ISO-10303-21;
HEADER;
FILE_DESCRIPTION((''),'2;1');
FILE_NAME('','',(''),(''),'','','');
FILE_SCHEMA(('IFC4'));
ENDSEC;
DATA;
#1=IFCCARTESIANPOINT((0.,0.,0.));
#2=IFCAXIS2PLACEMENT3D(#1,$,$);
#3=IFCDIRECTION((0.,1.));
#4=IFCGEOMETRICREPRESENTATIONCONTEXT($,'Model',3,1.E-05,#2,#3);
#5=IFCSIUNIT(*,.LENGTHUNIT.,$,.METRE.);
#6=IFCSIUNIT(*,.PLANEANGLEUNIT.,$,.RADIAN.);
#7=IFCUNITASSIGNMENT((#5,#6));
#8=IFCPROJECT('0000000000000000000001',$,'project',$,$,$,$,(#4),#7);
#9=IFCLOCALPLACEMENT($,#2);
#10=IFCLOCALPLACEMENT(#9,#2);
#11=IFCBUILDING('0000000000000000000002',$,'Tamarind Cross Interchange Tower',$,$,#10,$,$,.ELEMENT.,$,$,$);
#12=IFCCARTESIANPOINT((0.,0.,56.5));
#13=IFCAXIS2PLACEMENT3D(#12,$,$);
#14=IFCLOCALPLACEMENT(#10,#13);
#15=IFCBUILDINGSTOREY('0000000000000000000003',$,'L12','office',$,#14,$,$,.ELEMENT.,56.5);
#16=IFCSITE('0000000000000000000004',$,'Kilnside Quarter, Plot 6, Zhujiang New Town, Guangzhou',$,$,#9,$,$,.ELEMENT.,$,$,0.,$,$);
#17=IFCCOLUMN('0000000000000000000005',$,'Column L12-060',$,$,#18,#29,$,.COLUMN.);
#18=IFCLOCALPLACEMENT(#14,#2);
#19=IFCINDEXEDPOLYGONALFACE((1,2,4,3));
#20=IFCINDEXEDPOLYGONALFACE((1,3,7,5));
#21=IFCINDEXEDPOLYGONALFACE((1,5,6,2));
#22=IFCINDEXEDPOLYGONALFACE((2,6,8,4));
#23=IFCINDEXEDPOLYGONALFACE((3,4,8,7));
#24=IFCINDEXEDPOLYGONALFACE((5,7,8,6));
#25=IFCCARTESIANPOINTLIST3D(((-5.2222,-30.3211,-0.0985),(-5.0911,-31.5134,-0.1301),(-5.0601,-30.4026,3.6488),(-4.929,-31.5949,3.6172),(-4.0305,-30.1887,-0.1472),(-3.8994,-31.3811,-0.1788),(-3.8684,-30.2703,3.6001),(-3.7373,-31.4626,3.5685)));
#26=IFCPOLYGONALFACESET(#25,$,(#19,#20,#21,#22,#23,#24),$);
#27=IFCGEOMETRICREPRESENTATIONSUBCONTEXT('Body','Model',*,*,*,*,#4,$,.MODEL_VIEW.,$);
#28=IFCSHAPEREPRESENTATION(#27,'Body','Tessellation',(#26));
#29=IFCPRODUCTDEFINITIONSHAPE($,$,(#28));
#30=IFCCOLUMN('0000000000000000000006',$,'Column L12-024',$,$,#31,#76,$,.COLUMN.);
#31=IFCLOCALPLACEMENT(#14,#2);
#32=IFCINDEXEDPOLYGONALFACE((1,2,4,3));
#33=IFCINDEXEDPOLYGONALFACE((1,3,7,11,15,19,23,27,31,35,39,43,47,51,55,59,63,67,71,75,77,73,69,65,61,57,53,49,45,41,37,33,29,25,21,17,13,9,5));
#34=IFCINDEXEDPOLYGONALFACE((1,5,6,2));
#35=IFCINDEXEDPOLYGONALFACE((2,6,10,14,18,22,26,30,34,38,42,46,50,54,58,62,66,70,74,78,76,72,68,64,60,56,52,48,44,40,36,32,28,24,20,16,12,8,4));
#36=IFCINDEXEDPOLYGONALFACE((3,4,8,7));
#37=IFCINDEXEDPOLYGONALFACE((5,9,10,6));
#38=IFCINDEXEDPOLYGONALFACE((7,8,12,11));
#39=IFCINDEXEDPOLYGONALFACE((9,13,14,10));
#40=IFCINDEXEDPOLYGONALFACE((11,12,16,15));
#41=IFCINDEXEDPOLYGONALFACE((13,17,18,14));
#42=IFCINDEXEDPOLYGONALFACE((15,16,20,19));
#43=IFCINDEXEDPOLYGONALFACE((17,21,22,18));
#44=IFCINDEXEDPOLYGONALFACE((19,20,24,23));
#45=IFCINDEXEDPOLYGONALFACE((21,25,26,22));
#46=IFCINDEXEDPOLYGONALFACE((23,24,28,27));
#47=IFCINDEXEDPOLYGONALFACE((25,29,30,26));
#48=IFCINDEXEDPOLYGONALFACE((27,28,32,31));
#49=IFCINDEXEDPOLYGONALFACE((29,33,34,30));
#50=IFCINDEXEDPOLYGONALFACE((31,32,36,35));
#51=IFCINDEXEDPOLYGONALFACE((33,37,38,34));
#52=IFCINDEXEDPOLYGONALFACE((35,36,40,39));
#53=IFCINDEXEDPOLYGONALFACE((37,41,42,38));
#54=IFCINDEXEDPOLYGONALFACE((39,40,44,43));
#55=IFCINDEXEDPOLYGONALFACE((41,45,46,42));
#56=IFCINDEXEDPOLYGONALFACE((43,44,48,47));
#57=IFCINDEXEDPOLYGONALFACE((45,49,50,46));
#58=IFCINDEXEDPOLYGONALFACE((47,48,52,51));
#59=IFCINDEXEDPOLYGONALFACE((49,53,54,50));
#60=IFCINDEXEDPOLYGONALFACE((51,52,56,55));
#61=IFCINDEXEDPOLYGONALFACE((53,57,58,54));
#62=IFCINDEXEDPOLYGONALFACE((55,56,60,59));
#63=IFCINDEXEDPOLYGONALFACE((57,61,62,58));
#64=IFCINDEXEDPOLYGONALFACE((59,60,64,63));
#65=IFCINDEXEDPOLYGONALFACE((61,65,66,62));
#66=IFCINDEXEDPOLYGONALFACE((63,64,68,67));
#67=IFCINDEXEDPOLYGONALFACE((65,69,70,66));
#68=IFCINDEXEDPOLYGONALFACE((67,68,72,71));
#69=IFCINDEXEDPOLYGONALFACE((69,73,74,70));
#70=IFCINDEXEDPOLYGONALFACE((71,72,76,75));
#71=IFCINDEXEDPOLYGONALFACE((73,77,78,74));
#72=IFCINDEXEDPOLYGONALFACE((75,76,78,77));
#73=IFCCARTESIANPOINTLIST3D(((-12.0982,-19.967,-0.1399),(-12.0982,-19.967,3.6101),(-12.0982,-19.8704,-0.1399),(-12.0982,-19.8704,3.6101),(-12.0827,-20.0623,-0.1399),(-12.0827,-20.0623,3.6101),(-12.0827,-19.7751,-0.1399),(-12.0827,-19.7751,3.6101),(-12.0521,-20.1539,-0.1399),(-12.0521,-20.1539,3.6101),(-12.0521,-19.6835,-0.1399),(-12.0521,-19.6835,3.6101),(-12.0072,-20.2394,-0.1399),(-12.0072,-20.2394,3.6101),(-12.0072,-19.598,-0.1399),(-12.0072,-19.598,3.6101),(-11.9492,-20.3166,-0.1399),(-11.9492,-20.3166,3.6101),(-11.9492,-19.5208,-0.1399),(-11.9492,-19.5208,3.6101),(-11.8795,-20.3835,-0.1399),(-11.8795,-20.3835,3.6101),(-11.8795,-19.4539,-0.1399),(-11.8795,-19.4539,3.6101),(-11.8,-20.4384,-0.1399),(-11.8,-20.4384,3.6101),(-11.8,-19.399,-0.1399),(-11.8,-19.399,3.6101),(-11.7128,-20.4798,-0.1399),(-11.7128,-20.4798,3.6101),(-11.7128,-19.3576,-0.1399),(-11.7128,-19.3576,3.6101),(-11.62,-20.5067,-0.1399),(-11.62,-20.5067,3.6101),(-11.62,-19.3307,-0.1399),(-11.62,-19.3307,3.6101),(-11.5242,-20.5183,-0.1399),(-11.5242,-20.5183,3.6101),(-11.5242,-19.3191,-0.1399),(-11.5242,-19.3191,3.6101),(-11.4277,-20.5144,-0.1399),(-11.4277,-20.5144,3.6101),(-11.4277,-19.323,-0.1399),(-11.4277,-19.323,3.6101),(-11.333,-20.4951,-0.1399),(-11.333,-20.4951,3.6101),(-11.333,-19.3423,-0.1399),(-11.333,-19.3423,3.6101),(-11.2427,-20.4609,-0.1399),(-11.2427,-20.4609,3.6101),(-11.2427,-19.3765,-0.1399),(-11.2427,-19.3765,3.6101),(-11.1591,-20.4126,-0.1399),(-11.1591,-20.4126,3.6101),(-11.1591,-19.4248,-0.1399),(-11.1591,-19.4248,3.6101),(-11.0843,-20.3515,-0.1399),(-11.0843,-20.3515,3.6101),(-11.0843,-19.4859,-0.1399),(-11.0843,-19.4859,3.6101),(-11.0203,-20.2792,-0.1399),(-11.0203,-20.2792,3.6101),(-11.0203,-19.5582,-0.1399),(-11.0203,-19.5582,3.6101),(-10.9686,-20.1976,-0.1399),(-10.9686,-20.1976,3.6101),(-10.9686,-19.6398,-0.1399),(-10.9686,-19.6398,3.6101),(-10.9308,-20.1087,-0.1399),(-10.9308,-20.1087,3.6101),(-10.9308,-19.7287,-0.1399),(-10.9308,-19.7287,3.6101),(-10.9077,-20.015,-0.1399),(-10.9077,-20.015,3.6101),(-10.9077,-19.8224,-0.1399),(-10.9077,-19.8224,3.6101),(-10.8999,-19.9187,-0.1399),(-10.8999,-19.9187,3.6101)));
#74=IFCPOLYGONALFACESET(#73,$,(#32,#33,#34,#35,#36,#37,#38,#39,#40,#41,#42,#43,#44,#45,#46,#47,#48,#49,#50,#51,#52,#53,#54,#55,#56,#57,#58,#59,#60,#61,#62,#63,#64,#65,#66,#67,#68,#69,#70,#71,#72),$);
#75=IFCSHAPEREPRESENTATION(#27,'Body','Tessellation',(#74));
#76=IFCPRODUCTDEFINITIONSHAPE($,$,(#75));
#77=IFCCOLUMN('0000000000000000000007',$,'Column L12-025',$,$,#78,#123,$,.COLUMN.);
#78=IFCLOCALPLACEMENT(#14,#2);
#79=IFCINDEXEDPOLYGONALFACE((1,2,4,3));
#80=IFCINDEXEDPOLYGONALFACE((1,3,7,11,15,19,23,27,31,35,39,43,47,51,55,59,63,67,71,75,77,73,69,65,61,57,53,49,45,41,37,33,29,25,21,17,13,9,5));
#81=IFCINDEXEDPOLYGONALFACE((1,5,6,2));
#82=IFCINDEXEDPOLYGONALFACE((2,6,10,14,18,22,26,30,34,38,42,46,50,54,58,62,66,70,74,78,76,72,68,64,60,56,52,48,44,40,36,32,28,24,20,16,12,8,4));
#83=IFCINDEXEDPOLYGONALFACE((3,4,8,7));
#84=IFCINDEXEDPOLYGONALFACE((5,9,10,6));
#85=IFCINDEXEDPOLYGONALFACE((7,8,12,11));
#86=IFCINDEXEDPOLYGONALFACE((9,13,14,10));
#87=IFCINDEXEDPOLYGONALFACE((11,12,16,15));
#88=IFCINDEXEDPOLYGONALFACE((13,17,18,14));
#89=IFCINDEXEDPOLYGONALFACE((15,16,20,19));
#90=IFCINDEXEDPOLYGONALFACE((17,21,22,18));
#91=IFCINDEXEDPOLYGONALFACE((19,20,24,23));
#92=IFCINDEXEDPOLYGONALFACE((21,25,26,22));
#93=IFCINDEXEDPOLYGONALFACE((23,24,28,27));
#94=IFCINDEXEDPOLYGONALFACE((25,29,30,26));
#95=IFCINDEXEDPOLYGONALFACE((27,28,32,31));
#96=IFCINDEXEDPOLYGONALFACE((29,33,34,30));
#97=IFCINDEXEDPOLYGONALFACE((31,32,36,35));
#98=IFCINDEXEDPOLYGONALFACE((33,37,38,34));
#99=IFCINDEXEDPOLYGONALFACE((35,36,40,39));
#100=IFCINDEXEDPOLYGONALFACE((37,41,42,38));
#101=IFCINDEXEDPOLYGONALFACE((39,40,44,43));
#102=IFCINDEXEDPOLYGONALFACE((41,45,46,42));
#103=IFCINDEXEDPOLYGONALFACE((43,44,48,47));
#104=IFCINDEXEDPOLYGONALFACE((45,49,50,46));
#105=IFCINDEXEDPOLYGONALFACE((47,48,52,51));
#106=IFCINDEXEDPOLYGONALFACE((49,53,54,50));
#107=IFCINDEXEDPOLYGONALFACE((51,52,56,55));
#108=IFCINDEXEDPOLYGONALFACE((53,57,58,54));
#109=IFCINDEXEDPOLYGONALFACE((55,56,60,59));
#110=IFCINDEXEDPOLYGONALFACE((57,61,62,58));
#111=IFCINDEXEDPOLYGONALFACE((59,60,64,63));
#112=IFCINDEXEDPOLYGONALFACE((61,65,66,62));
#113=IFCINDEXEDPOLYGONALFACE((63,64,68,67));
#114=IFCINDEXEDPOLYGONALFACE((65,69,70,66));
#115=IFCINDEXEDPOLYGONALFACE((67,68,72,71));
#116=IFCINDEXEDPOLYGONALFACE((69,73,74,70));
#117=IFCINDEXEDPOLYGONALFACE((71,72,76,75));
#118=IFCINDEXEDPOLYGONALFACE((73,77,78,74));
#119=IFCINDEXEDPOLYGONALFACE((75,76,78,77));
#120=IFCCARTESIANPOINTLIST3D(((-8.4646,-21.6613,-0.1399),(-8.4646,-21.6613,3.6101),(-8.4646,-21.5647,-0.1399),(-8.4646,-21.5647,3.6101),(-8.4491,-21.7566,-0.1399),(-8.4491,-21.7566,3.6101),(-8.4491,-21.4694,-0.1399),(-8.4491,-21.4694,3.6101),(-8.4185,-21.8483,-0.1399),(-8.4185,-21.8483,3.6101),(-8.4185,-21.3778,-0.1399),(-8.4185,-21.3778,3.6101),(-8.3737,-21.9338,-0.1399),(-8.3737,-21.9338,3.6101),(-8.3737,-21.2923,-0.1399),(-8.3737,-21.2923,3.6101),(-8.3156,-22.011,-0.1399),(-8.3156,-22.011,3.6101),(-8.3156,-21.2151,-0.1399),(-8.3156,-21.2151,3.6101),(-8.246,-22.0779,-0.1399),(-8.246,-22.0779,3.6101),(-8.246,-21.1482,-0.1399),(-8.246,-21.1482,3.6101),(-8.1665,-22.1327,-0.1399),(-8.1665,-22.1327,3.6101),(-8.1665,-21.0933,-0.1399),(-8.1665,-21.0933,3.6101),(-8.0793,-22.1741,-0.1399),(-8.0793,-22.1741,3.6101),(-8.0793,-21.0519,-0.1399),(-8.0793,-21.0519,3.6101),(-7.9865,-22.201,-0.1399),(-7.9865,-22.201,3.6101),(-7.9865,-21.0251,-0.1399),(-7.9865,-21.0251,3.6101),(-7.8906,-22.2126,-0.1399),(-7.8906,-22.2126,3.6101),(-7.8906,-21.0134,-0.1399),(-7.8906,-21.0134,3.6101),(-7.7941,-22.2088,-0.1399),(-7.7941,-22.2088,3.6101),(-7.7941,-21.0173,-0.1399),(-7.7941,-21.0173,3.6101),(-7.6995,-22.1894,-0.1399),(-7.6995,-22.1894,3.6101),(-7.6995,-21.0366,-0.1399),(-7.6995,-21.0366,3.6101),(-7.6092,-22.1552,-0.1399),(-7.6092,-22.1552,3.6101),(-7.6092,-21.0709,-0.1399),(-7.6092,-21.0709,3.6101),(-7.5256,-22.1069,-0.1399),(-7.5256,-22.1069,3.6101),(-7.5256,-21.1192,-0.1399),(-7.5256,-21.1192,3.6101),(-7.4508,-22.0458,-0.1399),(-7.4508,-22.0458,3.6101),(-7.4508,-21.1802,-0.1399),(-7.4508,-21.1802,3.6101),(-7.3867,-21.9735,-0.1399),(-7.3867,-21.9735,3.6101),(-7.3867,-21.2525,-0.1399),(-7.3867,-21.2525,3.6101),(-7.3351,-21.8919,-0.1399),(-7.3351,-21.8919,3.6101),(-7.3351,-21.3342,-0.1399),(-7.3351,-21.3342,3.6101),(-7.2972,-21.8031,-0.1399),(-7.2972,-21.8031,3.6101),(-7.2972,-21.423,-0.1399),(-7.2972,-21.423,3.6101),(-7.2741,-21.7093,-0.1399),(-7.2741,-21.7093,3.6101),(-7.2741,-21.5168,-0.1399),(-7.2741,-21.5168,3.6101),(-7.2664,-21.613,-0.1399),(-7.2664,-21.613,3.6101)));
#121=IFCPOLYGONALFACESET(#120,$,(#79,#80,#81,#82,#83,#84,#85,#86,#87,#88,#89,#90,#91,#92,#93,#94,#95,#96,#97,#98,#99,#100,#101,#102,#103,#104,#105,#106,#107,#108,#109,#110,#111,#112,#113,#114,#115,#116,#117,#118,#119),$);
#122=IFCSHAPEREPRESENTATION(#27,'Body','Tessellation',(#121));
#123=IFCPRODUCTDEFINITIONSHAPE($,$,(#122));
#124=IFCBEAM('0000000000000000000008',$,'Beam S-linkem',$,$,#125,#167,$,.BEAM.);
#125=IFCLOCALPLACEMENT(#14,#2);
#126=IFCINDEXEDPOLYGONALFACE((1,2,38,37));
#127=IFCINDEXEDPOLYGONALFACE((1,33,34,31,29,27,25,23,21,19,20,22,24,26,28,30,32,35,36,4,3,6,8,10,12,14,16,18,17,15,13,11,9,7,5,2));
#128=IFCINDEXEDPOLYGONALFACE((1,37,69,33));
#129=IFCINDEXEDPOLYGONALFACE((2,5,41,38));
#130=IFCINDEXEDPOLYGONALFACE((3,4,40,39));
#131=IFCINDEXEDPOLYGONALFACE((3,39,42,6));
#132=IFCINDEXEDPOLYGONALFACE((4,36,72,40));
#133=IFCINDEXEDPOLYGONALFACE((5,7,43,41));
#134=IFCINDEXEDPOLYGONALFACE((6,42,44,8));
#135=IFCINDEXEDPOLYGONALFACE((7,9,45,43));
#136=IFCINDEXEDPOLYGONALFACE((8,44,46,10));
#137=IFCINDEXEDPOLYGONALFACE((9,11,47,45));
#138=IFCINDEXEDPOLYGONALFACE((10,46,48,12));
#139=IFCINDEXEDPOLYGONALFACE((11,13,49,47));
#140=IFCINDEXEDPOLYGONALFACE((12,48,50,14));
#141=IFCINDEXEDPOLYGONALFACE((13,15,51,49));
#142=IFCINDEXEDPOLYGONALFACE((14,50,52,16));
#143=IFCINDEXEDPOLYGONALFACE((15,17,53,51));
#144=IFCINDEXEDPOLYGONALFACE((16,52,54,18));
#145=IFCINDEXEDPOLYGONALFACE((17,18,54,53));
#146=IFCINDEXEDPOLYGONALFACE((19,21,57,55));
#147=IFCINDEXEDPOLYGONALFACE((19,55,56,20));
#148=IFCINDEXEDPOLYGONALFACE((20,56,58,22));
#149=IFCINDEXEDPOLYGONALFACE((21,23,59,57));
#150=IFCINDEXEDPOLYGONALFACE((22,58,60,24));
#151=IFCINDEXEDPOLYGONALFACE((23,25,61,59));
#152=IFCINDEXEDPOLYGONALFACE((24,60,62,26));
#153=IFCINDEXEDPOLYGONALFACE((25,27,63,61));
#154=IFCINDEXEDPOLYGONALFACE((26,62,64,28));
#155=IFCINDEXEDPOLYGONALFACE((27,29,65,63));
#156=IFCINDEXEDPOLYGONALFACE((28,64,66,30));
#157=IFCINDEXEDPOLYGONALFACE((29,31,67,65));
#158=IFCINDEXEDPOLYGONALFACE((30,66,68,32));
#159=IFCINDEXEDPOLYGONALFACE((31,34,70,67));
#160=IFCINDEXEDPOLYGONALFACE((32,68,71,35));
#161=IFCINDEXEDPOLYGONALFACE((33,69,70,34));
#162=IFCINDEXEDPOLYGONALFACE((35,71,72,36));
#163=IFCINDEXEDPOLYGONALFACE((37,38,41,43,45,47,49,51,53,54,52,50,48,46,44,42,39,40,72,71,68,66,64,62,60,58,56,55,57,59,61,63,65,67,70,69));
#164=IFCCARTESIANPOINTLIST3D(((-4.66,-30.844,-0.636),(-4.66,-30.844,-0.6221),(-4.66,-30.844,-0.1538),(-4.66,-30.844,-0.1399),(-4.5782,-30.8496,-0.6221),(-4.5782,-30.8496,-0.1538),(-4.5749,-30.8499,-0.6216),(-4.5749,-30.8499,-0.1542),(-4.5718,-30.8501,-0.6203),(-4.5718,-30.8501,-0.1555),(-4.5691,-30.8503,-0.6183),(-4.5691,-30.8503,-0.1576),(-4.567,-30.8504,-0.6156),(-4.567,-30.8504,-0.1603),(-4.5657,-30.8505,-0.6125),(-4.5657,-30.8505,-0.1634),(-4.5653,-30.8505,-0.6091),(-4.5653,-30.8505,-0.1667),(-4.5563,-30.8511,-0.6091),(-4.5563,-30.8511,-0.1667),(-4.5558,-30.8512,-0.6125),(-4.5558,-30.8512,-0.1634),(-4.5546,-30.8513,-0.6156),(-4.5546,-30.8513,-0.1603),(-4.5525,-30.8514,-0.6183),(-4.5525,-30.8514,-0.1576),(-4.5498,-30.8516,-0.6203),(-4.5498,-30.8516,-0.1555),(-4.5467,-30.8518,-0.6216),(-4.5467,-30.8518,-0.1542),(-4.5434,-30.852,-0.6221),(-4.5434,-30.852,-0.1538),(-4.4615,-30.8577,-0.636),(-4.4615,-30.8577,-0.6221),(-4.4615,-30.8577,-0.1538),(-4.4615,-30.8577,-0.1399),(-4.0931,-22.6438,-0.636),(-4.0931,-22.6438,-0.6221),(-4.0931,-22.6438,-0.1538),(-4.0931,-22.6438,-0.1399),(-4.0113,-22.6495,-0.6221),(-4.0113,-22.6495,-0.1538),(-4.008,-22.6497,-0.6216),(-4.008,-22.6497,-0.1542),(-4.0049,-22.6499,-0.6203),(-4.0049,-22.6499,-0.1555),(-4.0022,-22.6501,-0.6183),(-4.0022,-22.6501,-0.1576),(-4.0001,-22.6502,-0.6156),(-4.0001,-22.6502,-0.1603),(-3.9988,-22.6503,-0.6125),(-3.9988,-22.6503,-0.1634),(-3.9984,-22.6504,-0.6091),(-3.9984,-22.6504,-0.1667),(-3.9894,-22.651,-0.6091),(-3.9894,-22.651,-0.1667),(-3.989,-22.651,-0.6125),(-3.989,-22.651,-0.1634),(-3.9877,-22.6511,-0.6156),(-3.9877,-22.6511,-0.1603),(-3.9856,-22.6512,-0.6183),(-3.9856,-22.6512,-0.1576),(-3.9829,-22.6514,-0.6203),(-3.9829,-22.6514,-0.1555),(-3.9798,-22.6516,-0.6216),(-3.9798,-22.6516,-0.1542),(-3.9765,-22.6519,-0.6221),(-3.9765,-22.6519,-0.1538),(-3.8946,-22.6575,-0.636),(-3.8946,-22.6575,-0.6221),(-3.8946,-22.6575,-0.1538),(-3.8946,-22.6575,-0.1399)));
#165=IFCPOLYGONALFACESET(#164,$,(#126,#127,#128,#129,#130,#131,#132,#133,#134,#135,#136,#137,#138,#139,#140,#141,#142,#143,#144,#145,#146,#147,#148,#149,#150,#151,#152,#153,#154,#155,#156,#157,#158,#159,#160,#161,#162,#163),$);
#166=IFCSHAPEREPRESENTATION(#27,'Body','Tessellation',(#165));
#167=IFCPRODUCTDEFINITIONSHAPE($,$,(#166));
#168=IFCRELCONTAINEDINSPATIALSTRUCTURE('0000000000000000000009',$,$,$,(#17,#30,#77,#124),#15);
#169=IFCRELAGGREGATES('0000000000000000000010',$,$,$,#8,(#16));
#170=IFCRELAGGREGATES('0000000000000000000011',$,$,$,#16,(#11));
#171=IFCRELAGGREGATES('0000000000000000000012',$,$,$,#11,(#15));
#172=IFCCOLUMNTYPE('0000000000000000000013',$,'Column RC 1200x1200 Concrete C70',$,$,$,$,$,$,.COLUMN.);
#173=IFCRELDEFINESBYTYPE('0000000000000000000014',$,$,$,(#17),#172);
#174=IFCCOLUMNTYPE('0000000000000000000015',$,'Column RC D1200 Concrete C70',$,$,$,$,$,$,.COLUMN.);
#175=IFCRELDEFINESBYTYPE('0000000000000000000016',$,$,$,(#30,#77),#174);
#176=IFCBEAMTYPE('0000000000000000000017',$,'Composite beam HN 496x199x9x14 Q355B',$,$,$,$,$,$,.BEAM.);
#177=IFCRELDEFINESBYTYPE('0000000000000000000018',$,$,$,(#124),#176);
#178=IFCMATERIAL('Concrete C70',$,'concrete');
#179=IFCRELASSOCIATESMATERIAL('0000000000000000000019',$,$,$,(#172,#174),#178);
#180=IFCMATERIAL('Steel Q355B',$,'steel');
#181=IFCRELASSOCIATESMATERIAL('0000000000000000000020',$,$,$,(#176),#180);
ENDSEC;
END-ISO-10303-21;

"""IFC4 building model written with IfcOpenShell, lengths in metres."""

from ifc_helpers import new_model, si_unit, direction, frame, origin, origin_2d, place, context, subcontext, project, spatial, rectangle, circle, i_section, extrude, material, material_profile, profile_set, type_object, element, save


model = new_model("IFC4")

# Units and contexts
model_context = context("Model", 3, precision=1e-05, world=origin(), true_north=direction((0.0, 1.0)))
body_context = subcontext(model_context, "Body", "Model", "MODEL_VIEW")
ifc_project = project(units=[si_unit("LENGTHUNIT", "METRE"), si_unit("PLANEANGLEUNIT", "RADIAN")], contexts=[model_context])

# Site, building, storey
site_placement = place(None, origin())
site = spatial("IfcSite", under=ifc_project, at=site_placement, Name="Kilnside Quarter, Plot 6, Zhujiang New Town, Guangzhou", CompositionType="ELEMENT", RefElevation=0.0)
building_placement = place(site_placement, origin())
building = spatial("IfcBuilding", under=site, at=building_placement, Name="Tamarind Cross Interchange Tower", CompositionType="ELEMENT")
storey_placement = place(building_placement, frame((0.0, 0.0, 56.5)))
storey = spatial("IfcBuildingStorey", under=building, at=storey_placement, Name="L12", Description="office", CompositionType="ELEMENT", Elevation=56.5)

# Columns
ifc_material_1 = material(Name="Concrete C70", Category="concrete")
ifc_material_profile_1 = material_profile(ifc_material_1, rectangle(XDim=1.2, YDim=1.2, at=origin_2d()), Name="RC 1200x1200")
ifc_profile_set_1 = profile_set([ifc_material_profile_1], Name="Concrete C70")
column_type_1 = type_object("IfcColumnType", Name="Column RC 1200x1200 Concrete C70", PredefinedType="COLUMN", material=ifc_profile_set_1)
column_placement = place(storey_placement, frame((-4.5608, -30.8511, -0.1387), z_axis=(0.04321, -0.021735, 0.99883), x_axis=(-0.109254, 0.993665, 0.026349)))
element("IfcColumn", 1, at=column_placement, inside=storey, type_object=column_type_1, Name="Column L12-060", PredefinedType="COLUMN", context=body_context, shape_type="SweptSolid", body=[
    extrude(rectangle(XDim=1.2, YDim=1.2, at=origin_2d()), origin(), (0.0, 0.0, 1.0), 3.7517),
])
ifc_material_profile_2 = material_profile(ifc_material_1, circle(Radius=0.6001, at=origin_2d()), Name="RC D1200")
ifc_profile_set_2 = profile_set([ifc_material_profile_2], Name="Concrete C70")
column_type_2 = type_object("IfcColumnType", Name="Column RC D1200 Concrete C70", PredefinedType="COLUMN", material=ifc_profile_set_2)
for number, where, z_axis, x_axis, name in (
    (2, (-11.5, -19.9187, -0.1399), (0.0, 0.0, 1.0), (1.0, 0.0, 0.0), "Column L12-024"),
    (3, (-7.8665, -21.613, -0.1399), (0.0, 0.0, 1.0), (1.0, 0.0, 0.0), "Column L12-025"),
):
    element("IfcColumn", number, at=place(storey_placement, frame(where, z_axis=z_axis, x_axis=x_axis)), inside=storey, type_object=column_type_2, Name=name, PredefinedType="COLUMN", context=body_context, shape_type="SweptSolid", body=[
        extrude(circle(Radius=0.6001, at=origin_2d()), origin(), (0.0, 0.0, 1.0), 3.75),
    ])

# Beam
ifc_material_2 = material(Name="Steel Q355B", Category="steel")
ifc_material_profile_3 = material_profile(ifc_material_2, i_section(OverallWidth=0.199, OverallDepth=0.4961, WebThickness=0.009, FlangeThickness=0.0139, FilletRadius=0.0129, at=origin_2d()), Name="HN 496x199x9x14")
ifc_profile_set_3 = profile_set([ifc_material_profile_3], Name="Steel Q355B")
beam_type_1 = type_object("IfcBeamType", Name="Composite beam HN 496x199x9x14 Q355B", PredefinedType="BEAM", material=ifc_profile_set_3)
beam_1_placement = place(storey_placement, frame((-4.5608, -30.8508, -0.3879), z_axis=(0.068967, 0.997619, 0.0), x_axis=(-0.997619, 0.068967, 0.0)))
element("IfcBeam", 4, at=beam_1_placement, inside=storey, type_object=beam_type_1, Name="Beam S-linkem", PredefinedType="BEAM", context=body_context, shape_type="SweptSolid", body=[
    extrude(i_section(OverallWidth=0.199, OverallDepth=0.4961, WebThickness=0.009, FlangeThickness=0.0139, FilletRadius=0.0129, at=origin_2d()), origin(), (0.0, 0.0, 1.0), 8.2197),
])

save(model, "model.ifc")
